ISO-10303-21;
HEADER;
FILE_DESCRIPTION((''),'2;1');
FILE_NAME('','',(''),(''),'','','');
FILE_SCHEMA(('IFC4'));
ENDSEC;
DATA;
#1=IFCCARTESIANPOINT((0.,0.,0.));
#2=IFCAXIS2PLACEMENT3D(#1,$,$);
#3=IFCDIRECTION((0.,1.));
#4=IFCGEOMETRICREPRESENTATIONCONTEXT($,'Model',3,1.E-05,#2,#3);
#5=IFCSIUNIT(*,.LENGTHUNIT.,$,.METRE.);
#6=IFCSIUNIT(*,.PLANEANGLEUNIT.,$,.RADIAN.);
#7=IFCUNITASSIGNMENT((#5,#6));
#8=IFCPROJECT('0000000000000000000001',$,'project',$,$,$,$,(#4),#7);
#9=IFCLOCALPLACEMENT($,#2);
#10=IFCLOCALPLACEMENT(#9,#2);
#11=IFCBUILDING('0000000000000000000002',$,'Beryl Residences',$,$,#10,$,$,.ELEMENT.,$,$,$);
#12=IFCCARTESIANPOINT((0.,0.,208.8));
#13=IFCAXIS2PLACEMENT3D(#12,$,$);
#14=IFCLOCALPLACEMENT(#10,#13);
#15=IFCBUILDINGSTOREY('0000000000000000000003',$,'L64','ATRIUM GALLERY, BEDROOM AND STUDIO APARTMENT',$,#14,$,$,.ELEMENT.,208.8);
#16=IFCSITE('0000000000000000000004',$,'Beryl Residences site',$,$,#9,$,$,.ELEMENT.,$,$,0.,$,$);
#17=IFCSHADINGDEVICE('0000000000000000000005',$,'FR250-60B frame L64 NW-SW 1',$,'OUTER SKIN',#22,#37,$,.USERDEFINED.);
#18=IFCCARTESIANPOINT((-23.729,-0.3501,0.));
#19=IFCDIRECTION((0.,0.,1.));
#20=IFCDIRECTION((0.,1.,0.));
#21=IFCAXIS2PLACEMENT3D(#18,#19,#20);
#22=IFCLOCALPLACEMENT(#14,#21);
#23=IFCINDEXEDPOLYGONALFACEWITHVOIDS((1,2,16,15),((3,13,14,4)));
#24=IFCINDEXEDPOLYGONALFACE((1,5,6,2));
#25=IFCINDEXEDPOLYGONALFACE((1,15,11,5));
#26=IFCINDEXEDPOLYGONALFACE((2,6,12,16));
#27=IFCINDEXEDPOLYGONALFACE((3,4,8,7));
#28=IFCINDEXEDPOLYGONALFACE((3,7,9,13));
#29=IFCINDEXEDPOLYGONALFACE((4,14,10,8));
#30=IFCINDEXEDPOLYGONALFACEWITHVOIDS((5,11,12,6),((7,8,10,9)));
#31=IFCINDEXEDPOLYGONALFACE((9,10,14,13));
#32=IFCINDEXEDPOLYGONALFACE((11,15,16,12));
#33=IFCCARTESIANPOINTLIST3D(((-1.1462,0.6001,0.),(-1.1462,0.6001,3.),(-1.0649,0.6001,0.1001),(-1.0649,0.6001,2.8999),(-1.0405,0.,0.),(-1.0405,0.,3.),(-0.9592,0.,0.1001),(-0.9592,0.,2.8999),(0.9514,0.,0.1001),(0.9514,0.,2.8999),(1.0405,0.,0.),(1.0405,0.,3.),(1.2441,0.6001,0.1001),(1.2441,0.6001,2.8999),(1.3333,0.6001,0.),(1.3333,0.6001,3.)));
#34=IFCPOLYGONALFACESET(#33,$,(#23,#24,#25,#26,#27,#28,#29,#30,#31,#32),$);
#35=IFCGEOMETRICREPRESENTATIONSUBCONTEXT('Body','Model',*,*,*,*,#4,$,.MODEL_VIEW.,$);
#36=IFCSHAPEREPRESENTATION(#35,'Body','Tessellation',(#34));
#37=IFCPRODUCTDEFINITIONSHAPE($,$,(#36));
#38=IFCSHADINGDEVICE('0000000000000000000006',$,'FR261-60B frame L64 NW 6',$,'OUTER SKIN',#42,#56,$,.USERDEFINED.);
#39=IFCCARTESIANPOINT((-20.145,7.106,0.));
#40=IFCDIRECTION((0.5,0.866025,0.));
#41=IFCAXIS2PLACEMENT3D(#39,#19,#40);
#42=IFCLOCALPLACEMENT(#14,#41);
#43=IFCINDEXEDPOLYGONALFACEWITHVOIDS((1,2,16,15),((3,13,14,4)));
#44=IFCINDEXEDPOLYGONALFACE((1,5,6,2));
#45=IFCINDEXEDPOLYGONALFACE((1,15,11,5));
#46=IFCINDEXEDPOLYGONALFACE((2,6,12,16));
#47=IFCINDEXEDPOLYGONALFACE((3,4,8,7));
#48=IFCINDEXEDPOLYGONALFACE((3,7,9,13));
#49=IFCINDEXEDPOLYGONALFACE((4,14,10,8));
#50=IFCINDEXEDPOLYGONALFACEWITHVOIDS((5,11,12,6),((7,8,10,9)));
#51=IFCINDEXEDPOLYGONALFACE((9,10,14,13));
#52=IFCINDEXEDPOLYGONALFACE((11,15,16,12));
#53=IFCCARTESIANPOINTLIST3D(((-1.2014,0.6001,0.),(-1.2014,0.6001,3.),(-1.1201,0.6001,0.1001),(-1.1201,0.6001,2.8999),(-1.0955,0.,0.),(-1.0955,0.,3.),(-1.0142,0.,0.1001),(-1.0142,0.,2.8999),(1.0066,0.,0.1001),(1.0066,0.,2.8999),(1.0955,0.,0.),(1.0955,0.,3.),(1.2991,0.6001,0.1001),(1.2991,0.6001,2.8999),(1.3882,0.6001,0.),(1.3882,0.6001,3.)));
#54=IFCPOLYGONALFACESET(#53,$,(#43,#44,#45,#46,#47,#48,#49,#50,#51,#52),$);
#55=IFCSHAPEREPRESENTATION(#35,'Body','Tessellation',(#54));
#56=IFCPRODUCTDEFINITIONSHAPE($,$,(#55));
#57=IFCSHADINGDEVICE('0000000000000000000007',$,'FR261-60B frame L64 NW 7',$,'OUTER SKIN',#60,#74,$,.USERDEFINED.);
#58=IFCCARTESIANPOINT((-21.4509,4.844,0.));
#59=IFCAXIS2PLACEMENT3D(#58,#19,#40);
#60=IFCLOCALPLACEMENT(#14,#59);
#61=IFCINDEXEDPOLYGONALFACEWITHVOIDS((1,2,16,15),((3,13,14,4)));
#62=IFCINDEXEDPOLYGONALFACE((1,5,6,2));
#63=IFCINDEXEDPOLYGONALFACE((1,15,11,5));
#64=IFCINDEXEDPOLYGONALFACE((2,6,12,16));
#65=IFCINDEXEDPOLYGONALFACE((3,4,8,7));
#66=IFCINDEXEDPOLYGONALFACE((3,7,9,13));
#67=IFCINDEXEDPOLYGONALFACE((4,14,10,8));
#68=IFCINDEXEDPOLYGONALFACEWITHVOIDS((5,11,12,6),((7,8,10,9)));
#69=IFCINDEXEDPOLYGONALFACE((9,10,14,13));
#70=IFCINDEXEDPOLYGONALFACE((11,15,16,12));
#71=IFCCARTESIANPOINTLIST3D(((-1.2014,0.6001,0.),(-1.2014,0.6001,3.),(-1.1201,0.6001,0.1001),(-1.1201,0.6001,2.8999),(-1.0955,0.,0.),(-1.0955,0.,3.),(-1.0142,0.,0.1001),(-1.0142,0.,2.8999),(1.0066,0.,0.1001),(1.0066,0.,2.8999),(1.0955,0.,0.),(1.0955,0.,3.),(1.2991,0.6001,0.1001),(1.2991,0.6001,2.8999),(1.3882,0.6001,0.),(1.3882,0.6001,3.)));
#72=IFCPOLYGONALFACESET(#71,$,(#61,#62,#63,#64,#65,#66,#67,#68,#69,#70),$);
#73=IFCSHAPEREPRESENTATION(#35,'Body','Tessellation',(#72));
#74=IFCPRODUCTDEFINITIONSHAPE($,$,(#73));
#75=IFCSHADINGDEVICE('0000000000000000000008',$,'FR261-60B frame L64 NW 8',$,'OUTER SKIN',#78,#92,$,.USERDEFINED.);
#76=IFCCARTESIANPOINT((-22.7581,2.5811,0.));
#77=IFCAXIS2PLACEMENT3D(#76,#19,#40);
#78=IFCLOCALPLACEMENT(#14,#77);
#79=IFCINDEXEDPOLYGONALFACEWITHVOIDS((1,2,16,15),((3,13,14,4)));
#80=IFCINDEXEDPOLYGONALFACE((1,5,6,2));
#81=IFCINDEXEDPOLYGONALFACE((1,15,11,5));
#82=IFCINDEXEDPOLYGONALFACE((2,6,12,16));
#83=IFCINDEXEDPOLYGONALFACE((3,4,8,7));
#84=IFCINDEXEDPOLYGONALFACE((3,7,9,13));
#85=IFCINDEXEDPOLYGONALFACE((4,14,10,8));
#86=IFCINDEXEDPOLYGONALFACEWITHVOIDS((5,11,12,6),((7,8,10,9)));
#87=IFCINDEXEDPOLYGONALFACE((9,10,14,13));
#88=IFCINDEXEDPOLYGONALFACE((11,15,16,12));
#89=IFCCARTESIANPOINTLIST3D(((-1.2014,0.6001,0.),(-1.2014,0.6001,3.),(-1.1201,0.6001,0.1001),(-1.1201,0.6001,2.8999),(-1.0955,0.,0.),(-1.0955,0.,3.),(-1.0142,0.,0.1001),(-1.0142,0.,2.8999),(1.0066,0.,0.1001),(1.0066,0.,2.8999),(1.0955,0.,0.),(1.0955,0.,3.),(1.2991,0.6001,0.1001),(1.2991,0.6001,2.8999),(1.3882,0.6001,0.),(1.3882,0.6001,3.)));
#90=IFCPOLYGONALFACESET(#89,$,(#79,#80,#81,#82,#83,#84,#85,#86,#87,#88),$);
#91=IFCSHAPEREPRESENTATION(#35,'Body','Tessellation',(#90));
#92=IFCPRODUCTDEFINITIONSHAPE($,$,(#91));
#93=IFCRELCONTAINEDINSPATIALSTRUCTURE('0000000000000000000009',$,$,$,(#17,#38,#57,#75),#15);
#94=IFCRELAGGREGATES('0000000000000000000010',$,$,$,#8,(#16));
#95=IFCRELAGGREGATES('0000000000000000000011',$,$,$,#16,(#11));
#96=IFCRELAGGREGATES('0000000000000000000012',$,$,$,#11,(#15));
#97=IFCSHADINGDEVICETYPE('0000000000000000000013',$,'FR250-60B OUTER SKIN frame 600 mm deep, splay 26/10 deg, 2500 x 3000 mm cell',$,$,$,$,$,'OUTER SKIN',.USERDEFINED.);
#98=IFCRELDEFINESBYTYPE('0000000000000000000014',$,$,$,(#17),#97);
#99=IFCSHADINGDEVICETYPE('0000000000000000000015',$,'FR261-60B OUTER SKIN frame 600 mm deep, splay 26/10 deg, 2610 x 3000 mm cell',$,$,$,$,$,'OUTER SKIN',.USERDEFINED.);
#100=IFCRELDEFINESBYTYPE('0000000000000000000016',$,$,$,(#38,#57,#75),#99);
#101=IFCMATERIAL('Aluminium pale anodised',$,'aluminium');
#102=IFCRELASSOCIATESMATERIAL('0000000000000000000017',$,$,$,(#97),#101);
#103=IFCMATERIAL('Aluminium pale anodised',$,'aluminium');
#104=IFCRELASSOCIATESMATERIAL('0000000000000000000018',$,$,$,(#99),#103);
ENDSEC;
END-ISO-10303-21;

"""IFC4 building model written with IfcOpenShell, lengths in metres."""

from ifc_helpers import new_model, entity, si_unit, direction, frame, origin, place, context, subcontext, project, spatial, source, transform, mapped, material, type_object, type_shapes, element, save


model = new_model("IFC4")

# Units and contexts
model_context = context("Model", 3, precision=1e-05, world=origin(), true_north=direction((0.0, 1.0)))
body_context = subcontext(model_context, "Body", "Model", "MODEL_VIEW")
ifc_project = project(units=[si_unit("LENGTHUNIT", "METRE"), si_unit("PLANEANGLEUNIT", "RADIAN")], contexts=[model_context])

# Site, building, storey
site_placement = place(None, origin())
site = spatial("IfcSite", under=ifc_project, at=site_placement, Name="Beryl Residences site", CompositionType="ELEMENT", RefElevation=0.0)
building_placement = place(site_placement, origin())
building = spatial("IfcBuilding", under=site, at=building_placement, Name="Beryl Residences", CompositionType="ELEMENT")
storey_placement = place(building_placement, frame((0.0, 0.0, 208.8)))
storey = spatial("IfcBuildingStorey", under=building, at=storey_placement, Name="L64", Description="ATRIUM GALLERY, BEDROOM AND STUDIO APARTMENT", CompositionType="ELEMENT", Elevation=208.8)

# Shading devices
ifc_material_1 = material(Name="Aluminium pale anodised", Category="aluminium")
shading_device_type_1 = type_object("IfcShadingDeviceType", Name="FR250-60B OUTER SKIN frame 600 mm deep, splay 26/10 deg, 2500 x 3000 mm cell", ElementType="OUTER SKIN", PredefinedType="USERDEFINED", material=ifc_material_1)
cartesian_point_1 = entity("IfcCartesianPoint", [-1.0405, 0.0])
cartesian_point_2 = entity("IfcCartesianPoint", [-0.9514, 0.1001])
cartesian_point_3 = entity("IfcCartesianPoint", [-1.3333, 0.0])
cartesian_point_4 = entity("IfcCartesianPoint", [-1.2441, 0.1001])
shared_shape_1 = source(origin(), body_context, "Body", "SweptSolid", [
    entity("IfcExtrudedAreaSolidTapered", entity("IfcArbitraryProfileDefWithVoids", "AREA", None, entity("IfcPolyline", [cartesian_point_1, entity("IfcCartesianPoint", [1.0405, 0.0]), entity("IfcCartesianPoint", [1.0405, 3.0]), entity("IfcCartesianPoint", [-1.0405, 3.0]), cartesian_point_1]), [entity("IfcPolyline", [cartesian_point_2, entity("IfcCartesianPoint", [0.9592, 0.1001]), entity("IfcCartesianPoint", [0.9592, 2.8999]), entity("IfcCartesianPoint", [-0.9514, 2.8999]), cartesian_point_2])]), entity("IfcAxis2Placement3D", entity("IfcCartesianPoint", [0.0, 0.0, 0.0]), entity("IfcDirection", [0.0, 1.0, 0.0]), entity("IfcDirection", [-1.0, 0.0, 0.0])), entity("IfcDirection", [0.0, 0.0, 1.0]), 0.6001, entity("IfcArbitraryProfileDefWithVoids", "AREA", None, entity("IfcPolyline", [cartesian_point_3, entity("IfcCartesianPoint", [1.1462, 0.0]), entity("IfcCartesianPoint", [1.1462, 3.0]), entity("IfcCartesianPoint", [-1.3333, 3.0]), cartesian_point_3]), [entity("IfcPolyline", [cartesian_point_4, entity("IfcCartesianPoint", [1.0649, 0.1001]), entity("IfcCartesianPoint", [1.0649, 2.8999]), entity("IfcCartesianPoint", [-1.2441, 2.8999]), cartesian_point_4])])),
])
type_shapes(shading_device_type_1, [shared_shape_1])
shading_device_placement = place(storey_placement, frame((-23.729, -0.3501, 0.0), z_axis=(0.0, 0.0, 1.0), x_axis=(0.0, 1.0, 0.0)))
element("IfcShadingDevice", 1, at=shading_device_placement, inside=storey, type_object=shading_device_type_1, Name="FR250-60B frame L64 NW-SW 1", ObjectType="OUTER SKIN", PredefinedType="USERDEFINED", context=body_context, shape_type="MappedRepresentation", body=[
    mapped(shared_shape_1, transform((0.0, 0.0, 0.0))),
])
ifc_material_2 = material(Name="Aluminium pale anodised", Category="aluminium")
shading_device_type_2 = type_object("IfcShadingDeviceType", Name="FR261-60B OUTER SKIN frame 600 mm deep, splay 26/10 deg, 2610 x 3000 mm cell", ElementType="OUTER SKIN", PredefinedType="USERDEFINED", material=ifc_material_2)
cartesian_point_5 = entity("IfcCartesianPoint", [-1.0955, 0.0])
cartesian_point_6 = entity("IfcCartesianPoint", [-1.0066, 0.1001])
cartesian_point_7 = entity("IfcCartesianPoint", [-1.3882, 0.0])
cartesian_point_8 = entity("IfcCartesianPoint", [-1.2991, 0.1001])
shared_shape_2 = source(origin(), body_context, "Body", "SweptSolid", [
    entity("IfcExtrudedAreaSolidTapered", entity("IfcArbitraryProfileDefWithVoids", "AREA", None, entity("IfcPolyline", [cartesian_point_5, entity("IfcCartesianPoint", [1.0955, 0.0]), entity("IfcCartesianPoint", [1.0955, 3.0]), entity("IfcCartesianPoint", [-1.0955, 3.0]), cartesian_point_5]), [entity("IfcPolyline", [cartesian_point_6, entity("IfcCartesianPoint", [1.0142, 0.1001]), entity("IfcCartesianPoint", [1.0142, 2.8999]), entity("IfcCartesianPoint", [-1.0066, 2.8999]), cartesian_point_6])]), entity("IfcAxis2Placement3D", entity("IfcCartesianPoint", [0.0, 0.0, 0.0]), entity("IfcDirection", [0.0, 1.0, 0.0]), entity("IfcDirection", [-1.0, 0.0, 0.0])), entity("IfcDirection", [0.0, 0.0, 1.0]), 0.6001, entity("IfcArbitraryProfileDefWithVoids", "AREA", None, entity("IfcPolyline", [cartesian_point_7, entity("IfcCartesianPoint", [1.2014, 0.0]), entity("IfcCartesianPoint", [1.2014, 3.0]), entity("IfcCartesianPoint", [-1.3882, 3.0]), cartesian_point_7]), [entity("IfcPolyline", [cartesian_point_8, entity("IfcCartesianPoint", [1.1201, 0.1001]), entity("IfcCartesianPoint", [1.1201, 2.8999]), entity("IfcCartesianPoint", [-1.2991, 2.8999]), cartesian_point_8])])),
])
type_shapes(shading_device_type_2, [shared_shape_2])
for number, where, z_axis, x_axis, name in (
    (2, (-20.145, 7.106, 0.0), (0.0, 0.0, 1.0), (0.5, 0.866025, 0.0), "FR261-60B frame L64 NW 6"),
    (3, (-21.4509, 4.844, 0.0), (0.0, 0.0, 1.0), (0.5, 0.866025, 0.0), "FR261-60B frame L64 NW 7"),
    (4, (-22.7581, 2.5811, 0.0), (0.0, 0.0, 1.0), (0.5, 0.866025, 0.0), "FR261-60B frame L64 NW 8"),
):
    element("IfcShadingDevice", number, at=place(storey_placement, frame(where, z_axis=z_axis, x_axis=x_axis)), inside=storey, type_object=shading_device_type_2, Name=name, ObjectType="OUTER SKIN", PredefinedType="USERDEFINED", context=body_context, shape_type="MappedRepresentation", body=[
        mapped(shared_shape_2, transform((0.0, 0.0, 0.0))),
    ])

save(model, "model.ifc")
